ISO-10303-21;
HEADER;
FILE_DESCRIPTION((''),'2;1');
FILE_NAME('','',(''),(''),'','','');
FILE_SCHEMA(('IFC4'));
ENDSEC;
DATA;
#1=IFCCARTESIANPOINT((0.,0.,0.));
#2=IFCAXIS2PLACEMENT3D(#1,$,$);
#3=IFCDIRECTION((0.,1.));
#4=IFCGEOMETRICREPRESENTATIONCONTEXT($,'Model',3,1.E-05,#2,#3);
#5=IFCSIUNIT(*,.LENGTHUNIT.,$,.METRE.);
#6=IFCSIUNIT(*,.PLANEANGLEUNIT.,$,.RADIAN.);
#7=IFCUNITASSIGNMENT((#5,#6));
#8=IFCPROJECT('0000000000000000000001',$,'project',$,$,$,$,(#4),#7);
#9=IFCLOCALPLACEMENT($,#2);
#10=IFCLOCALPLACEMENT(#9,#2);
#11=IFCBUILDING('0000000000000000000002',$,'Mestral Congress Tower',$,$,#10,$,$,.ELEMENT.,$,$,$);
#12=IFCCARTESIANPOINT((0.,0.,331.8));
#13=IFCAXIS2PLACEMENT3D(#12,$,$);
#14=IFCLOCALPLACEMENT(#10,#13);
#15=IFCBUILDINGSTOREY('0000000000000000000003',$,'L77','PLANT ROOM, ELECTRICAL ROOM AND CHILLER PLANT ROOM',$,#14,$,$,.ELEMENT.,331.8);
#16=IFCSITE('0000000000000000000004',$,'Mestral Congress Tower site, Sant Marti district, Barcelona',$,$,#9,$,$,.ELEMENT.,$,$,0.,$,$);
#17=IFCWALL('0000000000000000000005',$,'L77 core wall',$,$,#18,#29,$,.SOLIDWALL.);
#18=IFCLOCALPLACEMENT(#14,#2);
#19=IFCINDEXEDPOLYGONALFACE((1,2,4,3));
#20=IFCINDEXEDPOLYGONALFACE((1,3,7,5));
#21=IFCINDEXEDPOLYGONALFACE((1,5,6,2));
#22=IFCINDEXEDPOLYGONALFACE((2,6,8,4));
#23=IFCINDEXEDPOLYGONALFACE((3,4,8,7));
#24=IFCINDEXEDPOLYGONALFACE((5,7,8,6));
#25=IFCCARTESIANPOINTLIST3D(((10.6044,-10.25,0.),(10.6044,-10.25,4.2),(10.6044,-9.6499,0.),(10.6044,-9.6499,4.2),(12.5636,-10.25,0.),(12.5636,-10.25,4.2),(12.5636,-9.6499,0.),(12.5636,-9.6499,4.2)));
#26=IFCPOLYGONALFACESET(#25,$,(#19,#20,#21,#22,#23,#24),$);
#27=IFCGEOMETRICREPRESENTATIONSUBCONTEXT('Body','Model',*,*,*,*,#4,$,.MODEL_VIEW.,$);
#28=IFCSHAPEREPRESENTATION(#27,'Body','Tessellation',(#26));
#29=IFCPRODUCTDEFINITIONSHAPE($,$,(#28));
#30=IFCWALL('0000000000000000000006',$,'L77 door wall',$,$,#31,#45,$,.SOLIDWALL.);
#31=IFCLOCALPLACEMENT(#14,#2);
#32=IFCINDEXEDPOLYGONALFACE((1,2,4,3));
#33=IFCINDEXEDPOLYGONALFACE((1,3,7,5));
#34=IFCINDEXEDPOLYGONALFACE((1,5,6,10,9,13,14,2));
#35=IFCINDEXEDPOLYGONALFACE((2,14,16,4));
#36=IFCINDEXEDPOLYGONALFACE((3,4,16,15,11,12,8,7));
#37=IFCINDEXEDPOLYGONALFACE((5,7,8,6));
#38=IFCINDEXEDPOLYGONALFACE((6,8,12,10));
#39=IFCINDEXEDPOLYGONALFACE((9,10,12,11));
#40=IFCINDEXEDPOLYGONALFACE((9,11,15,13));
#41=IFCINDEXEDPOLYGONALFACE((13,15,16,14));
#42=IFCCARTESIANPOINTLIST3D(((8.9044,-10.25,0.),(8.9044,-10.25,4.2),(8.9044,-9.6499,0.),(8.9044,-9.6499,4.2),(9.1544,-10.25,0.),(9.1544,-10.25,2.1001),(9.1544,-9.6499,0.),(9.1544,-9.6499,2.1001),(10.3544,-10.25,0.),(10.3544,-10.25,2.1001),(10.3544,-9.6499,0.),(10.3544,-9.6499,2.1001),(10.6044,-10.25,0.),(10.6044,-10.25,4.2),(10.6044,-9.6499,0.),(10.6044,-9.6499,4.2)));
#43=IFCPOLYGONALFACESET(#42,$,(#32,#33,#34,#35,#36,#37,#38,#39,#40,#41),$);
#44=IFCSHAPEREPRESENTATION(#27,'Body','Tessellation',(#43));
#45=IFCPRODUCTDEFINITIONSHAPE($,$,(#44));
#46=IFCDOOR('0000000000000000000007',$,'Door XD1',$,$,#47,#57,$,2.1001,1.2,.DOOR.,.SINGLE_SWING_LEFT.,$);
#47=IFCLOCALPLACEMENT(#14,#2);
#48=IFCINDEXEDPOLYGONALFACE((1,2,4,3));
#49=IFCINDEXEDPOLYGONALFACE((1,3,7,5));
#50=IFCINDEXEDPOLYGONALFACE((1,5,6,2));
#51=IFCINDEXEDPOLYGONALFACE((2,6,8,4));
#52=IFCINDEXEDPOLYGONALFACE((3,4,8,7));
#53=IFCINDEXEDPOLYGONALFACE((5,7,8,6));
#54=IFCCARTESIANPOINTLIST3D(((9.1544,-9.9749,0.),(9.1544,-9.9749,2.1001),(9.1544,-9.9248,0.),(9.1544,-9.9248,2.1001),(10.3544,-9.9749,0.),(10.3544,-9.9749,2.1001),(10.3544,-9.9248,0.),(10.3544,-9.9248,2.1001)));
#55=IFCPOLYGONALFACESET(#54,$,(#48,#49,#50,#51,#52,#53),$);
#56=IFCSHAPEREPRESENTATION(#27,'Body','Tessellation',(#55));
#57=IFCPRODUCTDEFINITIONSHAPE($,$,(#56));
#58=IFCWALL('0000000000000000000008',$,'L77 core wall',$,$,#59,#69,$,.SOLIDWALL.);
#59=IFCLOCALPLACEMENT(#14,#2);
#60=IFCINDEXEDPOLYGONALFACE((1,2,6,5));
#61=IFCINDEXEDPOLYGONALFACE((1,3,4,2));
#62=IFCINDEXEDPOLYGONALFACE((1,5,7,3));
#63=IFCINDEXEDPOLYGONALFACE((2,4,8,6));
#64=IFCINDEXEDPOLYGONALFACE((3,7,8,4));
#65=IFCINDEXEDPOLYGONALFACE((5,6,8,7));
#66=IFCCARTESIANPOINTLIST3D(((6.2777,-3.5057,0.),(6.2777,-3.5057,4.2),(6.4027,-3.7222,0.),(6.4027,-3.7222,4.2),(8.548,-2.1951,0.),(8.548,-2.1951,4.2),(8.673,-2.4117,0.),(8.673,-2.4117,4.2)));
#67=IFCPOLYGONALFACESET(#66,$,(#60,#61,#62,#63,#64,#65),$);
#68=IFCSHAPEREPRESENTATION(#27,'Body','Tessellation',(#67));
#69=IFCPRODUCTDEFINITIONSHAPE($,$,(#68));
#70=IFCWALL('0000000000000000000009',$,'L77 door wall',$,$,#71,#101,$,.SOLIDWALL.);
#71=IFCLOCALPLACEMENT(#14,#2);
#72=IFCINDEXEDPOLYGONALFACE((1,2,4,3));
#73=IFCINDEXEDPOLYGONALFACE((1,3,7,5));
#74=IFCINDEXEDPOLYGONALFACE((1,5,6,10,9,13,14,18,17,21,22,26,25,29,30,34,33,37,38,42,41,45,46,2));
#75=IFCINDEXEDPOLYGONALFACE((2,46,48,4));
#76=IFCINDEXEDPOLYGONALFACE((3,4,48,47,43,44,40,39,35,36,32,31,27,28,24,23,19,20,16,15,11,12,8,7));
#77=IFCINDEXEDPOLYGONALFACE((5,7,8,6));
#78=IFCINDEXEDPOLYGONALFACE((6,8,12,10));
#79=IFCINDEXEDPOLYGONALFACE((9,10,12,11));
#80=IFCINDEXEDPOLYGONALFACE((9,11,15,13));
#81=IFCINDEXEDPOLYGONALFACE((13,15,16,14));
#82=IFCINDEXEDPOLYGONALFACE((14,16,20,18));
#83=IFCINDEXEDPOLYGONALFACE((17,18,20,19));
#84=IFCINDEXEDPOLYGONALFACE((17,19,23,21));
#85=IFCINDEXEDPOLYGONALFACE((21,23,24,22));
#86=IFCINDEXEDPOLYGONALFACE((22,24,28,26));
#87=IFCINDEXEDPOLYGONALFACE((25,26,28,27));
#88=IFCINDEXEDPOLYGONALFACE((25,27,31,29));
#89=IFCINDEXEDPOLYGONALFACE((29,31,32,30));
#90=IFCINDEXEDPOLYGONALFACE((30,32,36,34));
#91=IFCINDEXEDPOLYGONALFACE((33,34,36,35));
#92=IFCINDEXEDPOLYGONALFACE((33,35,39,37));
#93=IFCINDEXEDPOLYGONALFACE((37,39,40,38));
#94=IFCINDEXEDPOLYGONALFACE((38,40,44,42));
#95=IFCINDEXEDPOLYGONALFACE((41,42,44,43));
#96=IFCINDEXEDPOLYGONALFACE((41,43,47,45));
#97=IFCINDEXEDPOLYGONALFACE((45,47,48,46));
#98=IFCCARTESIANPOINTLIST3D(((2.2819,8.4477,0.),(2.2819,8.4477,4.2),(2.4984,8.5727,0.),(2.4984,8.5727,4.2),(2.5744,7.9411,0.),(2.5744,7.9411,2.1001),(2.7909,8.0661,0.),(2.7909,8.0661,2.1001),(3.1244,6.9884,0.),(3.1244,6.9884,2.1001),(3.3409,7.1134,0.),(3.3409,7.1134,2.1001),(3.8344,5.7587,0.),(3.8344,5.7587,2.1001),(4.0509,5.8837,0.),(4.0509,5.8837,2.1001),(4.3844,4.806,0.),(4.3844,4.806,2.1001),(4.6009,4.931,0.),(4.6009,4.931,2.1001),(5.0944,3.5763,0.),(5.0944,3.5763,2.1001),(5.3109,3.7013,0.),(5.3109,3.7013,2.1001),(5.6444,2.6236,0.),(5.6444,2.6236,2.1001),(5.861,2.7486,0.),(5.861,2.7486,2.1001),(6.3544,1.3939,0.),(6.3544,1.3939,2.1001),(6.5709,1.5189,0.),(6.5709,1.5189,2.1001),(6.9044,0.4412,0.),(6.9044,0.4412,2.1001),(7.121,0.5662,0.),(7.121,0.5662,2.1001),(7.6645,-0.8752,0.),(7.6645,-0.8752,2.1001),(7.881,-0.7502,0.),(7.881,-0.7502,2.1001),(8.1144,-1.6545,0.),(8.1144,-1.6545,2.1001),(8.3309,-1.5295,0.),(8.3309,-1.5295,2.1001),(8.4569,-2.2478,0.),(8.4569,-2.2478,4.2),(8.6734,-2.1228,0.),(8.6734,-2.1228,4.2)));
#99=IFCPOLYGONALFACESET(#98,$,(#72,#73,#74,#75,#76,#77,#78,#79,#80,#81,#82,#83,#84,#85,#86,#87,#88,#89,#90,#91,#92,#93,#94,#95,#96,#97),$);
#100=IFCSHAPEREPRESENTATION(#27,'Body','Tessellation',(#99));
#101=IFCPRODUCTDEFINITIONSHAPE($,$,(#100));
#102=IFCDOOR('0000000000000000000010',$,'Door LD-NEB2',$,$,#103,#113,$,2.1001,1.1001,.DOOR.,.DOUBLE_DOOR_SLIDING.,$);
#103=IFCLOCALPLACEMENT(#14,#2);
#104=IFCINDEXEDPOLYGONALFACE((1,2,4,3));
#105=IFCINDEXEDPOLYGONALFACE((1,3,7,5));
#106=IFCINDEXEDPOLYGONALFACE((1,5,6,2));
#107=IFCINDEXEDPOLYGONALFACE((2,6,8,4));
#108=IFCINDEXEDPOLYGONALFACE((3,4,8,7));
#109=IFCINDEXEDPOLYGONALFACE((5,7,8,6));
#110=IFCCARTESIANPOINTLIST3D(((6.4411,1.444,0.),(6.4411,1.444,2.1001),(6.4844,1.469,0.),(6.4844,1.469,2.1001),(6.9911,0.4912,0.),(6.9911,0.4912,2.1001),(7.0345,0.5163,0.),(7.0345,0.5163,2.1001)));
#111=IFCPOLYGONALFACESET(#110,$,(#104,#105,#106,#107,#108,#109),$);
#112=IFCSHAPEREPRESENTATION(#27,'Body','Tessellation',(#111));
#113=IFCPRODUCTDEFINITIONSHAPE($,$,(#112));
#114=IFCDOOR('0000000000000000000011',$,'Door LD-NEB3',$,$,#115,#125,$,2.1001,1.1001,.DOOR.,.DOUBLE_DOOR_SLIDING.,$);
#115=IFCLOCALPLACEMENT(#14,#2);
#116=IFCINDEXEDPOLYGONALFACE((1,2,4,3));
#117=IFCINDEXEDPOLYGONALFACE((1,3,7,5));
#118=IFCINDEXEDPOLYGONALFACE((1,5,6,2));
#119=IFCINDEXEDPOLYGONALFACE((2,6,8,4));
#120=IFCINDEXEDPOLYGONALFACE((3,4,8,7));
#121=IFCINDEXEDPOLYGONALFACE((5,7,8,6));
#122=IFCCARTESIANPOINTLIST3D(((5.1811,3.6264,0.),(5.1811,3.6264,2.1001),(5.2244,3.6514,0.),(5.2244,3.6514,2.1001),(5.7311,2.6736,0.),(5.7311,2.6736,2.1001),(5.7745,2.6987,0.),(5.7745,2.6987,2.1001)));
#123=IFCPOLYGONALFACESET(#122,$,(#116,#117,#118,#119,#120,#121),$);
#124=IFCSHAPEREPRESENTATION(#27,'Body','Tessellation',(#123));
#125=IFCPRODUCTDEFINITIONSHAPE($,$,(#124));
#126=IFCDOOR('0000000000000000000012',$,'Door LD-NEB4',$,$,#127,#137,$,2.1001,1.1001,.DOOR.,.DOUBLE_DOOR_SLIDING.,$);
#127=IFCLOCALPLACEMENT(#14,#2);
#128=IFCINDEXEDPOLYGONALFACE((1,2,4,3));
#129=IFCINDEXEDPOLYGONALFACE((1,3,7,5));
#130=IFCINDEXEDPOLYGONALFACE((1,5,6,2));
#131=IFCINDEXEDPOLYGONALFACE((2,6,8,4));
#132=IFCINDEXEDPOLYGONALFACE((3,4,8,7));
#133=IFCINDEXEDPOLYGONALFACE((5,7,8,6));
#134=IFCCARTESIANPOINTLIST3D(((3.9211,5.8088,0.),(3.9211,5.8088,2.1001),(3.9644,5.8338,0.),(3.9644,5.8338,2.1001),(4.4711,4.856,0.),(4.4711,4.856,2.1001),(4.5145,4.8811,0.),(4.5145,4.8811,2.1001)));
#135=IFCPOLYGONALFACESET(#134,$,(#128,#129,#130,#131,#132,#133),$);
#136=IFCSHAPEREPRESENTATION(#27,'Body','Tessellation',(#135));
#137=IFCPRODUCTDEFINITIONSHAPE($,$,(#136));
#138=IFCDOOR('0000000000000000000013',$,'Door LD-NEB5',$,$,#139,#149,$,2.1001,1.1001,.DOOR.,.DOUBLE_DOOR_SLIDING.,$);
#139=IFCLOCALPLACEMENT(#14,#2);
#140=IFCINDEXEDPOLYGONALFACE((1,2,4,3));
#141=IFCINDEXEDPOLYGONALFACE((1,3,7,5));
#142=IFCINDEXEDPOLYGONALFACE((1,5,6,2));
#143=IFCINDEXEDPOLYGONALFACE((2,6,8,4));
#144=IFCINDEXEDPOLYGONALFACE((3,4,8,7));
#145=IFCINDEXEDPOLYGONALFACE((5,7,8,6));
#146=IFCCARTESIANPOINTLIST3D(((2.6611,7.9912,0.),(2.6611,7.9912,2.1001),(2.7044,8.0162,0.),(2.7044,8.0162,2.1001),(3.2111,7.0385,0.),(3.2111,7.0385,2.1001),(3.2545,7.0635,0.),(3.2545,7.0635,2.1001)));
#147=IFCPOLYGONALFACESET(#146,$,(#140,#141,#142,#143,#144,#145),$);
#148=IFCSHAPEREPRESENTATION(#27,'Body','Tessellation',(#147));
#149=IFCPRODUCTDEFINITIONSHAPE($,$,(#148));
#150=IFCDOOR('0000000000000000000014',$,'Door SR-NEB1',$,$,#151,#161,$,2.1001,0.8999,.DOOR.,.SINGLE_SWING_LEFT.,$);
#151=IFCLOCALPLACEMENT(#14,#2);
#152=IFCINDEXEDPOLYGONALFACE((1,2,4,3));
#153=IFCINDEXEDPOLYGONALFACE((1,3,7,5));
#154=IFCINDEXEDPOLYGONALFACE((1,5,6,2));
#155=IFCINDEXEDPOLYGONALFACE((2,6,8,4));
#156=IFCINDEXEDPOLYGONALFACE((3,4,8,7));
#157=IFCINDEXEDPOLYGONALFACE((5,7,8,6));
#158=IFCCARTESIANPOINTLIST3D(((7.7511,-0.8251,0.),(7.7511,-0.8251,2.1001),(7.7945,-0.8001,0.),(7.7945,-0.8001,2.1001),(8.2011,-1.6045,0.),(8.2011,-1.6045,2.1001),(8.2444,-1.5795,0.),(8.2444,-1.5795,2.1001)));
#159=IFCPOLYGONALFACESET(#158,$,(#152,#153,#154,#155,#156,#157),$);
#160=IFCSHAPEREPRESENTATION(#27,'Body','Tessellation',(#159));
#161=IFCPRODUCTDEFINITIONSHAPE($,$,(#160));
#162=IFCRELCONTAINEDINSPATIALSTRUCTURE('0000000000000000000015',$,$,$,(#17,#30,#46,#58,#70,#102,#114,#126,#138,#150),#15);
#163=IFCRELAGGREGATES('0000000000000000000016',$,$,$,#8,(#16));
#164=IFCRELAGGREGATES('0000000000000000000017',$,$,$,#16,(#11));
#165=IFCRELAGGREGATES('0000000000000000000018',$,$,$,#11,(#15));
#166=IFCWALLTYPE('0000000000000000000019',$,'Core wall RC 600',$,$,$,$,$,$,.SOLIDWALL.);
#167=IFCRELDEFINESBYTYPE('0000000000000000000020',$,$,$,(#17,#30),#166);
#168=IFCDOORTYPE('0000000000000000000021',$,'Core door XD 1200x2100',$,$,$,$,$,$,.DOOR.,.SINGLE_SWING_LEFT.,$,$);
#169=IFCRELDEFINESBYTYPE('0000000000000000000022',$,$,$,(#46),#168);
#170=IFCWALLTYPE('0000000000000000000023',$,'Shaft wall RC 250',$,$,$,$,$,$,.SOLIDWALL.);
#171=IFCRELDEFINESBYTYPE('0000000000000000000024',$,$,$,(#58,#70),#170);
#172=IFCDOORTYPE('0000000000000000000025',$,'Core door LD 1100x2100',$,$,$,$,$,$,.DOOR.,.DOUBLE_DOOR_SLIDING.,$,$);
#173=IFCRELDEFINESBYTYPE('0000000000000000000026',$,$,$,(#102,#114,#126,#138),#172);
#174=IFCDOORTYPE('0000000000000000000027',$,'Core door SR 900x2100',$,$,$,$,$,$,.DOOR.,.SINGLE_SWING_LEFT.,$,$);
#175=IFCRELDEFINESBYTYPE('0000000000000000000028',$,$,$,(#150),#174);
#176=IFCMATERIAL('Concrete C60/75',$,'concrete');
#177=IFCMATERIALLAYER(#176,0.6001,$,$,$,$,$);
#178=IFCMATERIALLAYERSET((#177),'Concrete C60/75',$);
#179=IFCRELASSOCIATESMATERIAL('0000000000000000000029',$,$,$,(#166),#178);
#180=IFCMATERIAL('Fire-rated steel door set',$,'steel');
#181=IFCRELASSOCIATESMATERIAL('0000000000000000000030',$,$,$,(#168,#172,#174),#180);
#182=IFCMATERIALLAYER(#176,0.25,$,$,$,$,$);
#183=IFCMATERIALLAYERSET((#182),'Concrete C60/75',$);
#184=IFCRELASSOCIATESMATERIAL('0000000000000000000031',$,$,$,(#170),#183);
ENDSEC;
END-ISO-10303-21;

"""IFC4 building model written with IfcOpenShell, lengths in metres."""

from ifc_helpers import new_model, si_unit, direction, frame, frame_2d, origin, place, context, subcontext, project, spatial, rectangle, extrude, material, layer, layer_set, type_object, element, fill, save


model = new_model("IFC4")

# Units and contexts
model_context = context("Model", 3, precision=1e-05, world=origin(), true_north=direction((0.0, 1.0)))
body_context = subcontext(model_context, "Body", "Model", "MODEL_VIEW")
ifc_project = project(units=[si_unit("LENGTHUNIT", "METRE"), si_unit("PLANEANGLEUNIT", "RADIAN")], contexts=[model_context])

# Site, building, storey
site_placement = place(None, origin())
site = spatial("IfcSite", under=ifc_project, at=site_placement, Name="Mestral Congress Tower site, Sant Marti district, Barcelona", CompositionType="ELEMENT", RefElevation=0.0)
building_placement = place(site_placement, origin())
building = spatial("IfcBuilding", under=site, at=building_placement, Name="Mestral Congress Tower", CompositionType="ELEMENT")
storey_placement = place(building_placement, frame((0.0, 0.0, 331.8)))
storey = spatial("IfcBuildingStorey", under=building, at=storey_placement, Name="L77", Description="PLANT ROOM, ELECTRICAL ROOM AND CHILLER PLANT ROOM", CompositionType="ELEMENT", Elevation=331.8)

# Wall
ifc_material_1 = material(Name="Concrete C60/75", Category="concrete")
ifc_layer_1 = layer(ifc_material_1, 0.6001)
ifc_layer_set_1 = layer_set([ifc_layer_1], Name="Concrete C60/75")
wall_type_1 = type_object("IfcWallType", Name="Core wall RC 600", PredefinedType="SOLIDWALL", material=ifc_layer_set_1)
wall_1_placement = place(storey_placement, frame((10.6045, -9.95, 0.0), z_axis=(0.0, 0.0, 1.0), x_axis=(1.0, 0.0, 0.0)))
element("IfcWall", 1, at=wall_1_placement, inside=storey, type_object=wall_type_1, Name="L77 core wall", PredefinedType="SOLIDWALL", context=body_context, shape_type="SweptSolid", body=[
    extrude(rectangle(XDim=1.9592, YDim=0.6001, at=frame_2d((0.9795, 0.0))), origin(), (0.0, 0.0, 1.0), 4.2),
])

# Wall, opening, door
wall_2_placement = place(storey_placement, frame((10.6045, -9.95, 0.0), z_axis=(0.0, 0.0, 1.0), x_axis=(-1.0, 0.0, 0.0)))
wall_2 = element("IfcWall", 2, at=wall_2_placement, inside=storey, type_object=wall_type_1, Name="L77 door wall", PredefinedType="SOLIDWALL", context=body_context, shape_type="SweptSolid", body=[
    extrude(rectangle(XDim=1.7, YDim=0.6001, at=frame_2d((0.8501, 0.0))), origin(), (0.0, 0.0, 1.0), 4.2),
])
opening_1_placement = place(wall_2_placement, frame((0.25, 0.0, 0.0)))
opening_1 = element("IfcOpeningElement", 3, at=opening_1_placement, cuts=wall_2, PredefinedType="OPENING", context=body_context, shape_type="SweptSolid", body=[
    extrude(rectangle(XDim=1.2, YDim=2.1001, at=frame_2d((0.6001, 1.05))), frame((0.0, 0.3101, 0.0), z_axis=(0.0, -1.0, 0.0), x_axis=(1.0, 0.0, 0.0)), (0.0, 0.0, 1.0), 0.6201),
])
ifc_material_2 = material(Name="Fire-rated steel door set", Category="steel")
door_type_1 = type_object("IfcDoorType", Name="Core door XD 1200x2100", OperationType="SINGLE_SWING_LEFT", PredefinedType="DOOR", material=ifc_material_2)
door_1_placement = place(opening_1_placement, origin())
door_1 = element("IfcDoor", 4, at=door_1_placement, inside=storey, type_object=door_type_1, Name="Door XD1", OperationType="SINGLE_SWING_LEFT", OverallHeight=2.1001, OverallWidth=1.2, PredefinedType="DOOR", context=body_context, shape_type="SweptSolid", body=[
    extrude(rectangle(XDim=1.2, YDim=2.1001, at=frame_2d((0.6001, 1.05))), frame((0.0, 0.0249, 0.0), z_axis=(0.0, -1.0, 0.0), x_axis=(1.0, 0.0, 0.0)), (0.0, 0.0, 1.0), 0.05),
])
fill(opening_1, door_1)

# Wall
ifc_layer_2 = layer(ifc_material_1, 0.25)
ifc_layer_set_2 = layer_set([ifc_layer_2], Name="Concrete C60/75")
wall_type_2 = type_object("IfcWallType", Name="Shaft wall RC 250", PredefinedType="SOLIDWALL", material=ifc_layer_set_2)
wall_3_placement = place(storey_placement, frame((8.6104, -2.3035, 0.0), z_axis=(0.0, 0.0, 1.0), x_axis=(-0.866057, -0.499946, 0.0)))
element("IfcWall", 5, at=wall_3_placement, inside=storey, type_object=wall_type_2, Name="L77 core wall", PredefinedType="SOLIDWALL", context=body_context, shape_type="SweptSolid", body=[
    extrude(rectangle(XDim=2.6213, YDim=0.25, at=frame_2d((1.3105, 0.0))), origin(), (0.0, 0.0, 1.0), 4.2),
])

# Wall, openings, doors
wall_4_placement = place(storey_placement, frame((8.5652, -2.1853, 0.0), z_axis=(0.0, 0.0, 1.0), x_axis=(-0.499998, 0.866027, 0.0)))
wall_4 = element("IfcWall", 6, at=wall_4_placement, inside=storey, type_object=wall_type_2, Name="L77 door wall", PredefinedType="SOLIDWALL", context=body_context, shape_type="SweptSolid", body=[
    extrude(rectangle(XDim=12.3501, YDim=0.25, at=frame_2d((6.175, 0.0))), origin(), (0.0, 0.0, 1.0), 4.2),
])
opening_2_placement = place(wall_4_placement, frame((0.6851, 0.0, 0.0)))
opening_2 = element("IfcOpeningElement", 7, at=opening_2_placement, cuts=wall_4, PredefinedType="OPENING", context=body_context, shape_type="SweptSolid", body=[
    extrude(rectangle(XDim=0.8999, YDim=2.1001, at=frame_2d((0.45, 1.05))), frame((0.0, 0.135, 0.0), z_axis=(0.0, -1.0, 0.0), x_axis=(1.0, 0.0, 0.0)), (0.0, 0.0, 1.0), 0.27),
])
opening_3_placement = place(wall_4_placement, frame((3.105, 0.0, 0.0)))
opening_3 = element("IfcOpeningElement", 8, at=opening_3_placement, cuts=wall_4, PredefinedType="OPENING", context=body_context, shape_type="SweptSolid", body=[
    extrude(rectangle(XDim=1.1001, YDim=2.1001, at=frame_2d((0.55, 1.05))), frame((0.0, 0.135, 0.0), z_axis=(0.0, -1.0, 0.0), x_axis=(1.0, 0.0, 0.0)), (0.0, 0.0, 1.0), 0.27),
])
opening_4_placement = place(wall_4_placement, frame((5.625, 0.0, 0.0)))
opening_4 = element("IfcOpeningElement", 9, at=opening_4_placement, cuts=wall_4, PredefinedType="OPENING", context=body_context, shape_type="SweptSolid", body=[
    extrude(rectangle(XDim=1.1001, YDim=2.1001, at=frame_2d((0.55, 1.05))), frame((0.0, 0.135, 0.0), z_axis=(0.0, -1.0, 0.0), x_axis=(1.0, 0.0, 0.0)), (0.0, 0.0, 1.0), 0.27),
])
opening_5_placement = place(wall_4_placement, frame((8.145, 0.0, 0.0)))
opening_5 = element("IfcOpeningElement", 10, at=opening_5_placement, cuts=wall_4, PredefinedType="OPENING", context=body_context, shape_type="SweptSolid", body=[
    extrude(rectangle(XDim=1.1001, YDim=2.1001, at=frame_2d((0.55, 1.05))), frame((0.0, 0.135, 0.0), z_axis=(0.0, -1.0, 0.0), x_axis=(1.0, 0.0, 0.0)), (0.0, 0.0, 1.0), 0.27),
])
opening_6_placement = place(wall_4_placement, frame((10.665, 0.0, 0.0)))
opening_6 = element("IfcOpeningElement", 11, at=opening_6_placement, cuts=wall_4, PredefinedType="OPENING", context=body_context, shape_type="SweptSolid", body=[
    extrude(rectangle(XDim=1.1001, YDim=2.1001, at=frame_2d((0.55, 1.05))), frame((0.0, 0.135, 0.0), z_axis=(0.0, -1.0, 0.0), x_axis=(1.0, 0.0, 0.0)), (0.0, 0.0, 1.0), 0.27),
])
door_type_2 = type_object("IfcDoorType", Name="Core door LD 1100x2100", OperationType="DOUBLE_DOOR_SLIDING", PredefinedType="DOOR", material=ifc_material_2)
door_2_placement = place(opening_3_placement, origin())
door_2 = element("IfcDoor", 12, at=door_2_placement, inside=storey, type_object=door_type_2, Name="Door LD-NEB2", OperationType="DOUBLE_DOOR_SLIDING", OverallHeight=2.1001, OverallWidth=1.1001, PredefinedType="DOOR", context=body_context, shape_type="SweptSolid", body=[
    extrude(rectangle(XDim=1.1001, YDim=2.1001, at=frame_2d((0.55, 1.05))), frame((0.0, 0.0249, 0.0), z_axis=(0.0, -1.0, 0.0), x_axis=(1.0, 0.0, 0.0)), (0.0, 0.0, 1.0), 0.05),
])
fill(opening_3, door_2)
door_3_placement = place(opening_4_placement, origin())
door_3 = element("IfcDoor", 13, at=door_3_placement, inside=storey, type_object=door_type_2, Name="Door LD-NEB3", OperationType="DOUBLE_DOOR_SLIDING", OverallHeight=2.1001, OverallWidth=1.1001, PredefinedType="DOOR", context=body_context, shape_type="SweptSolid", body=[
    extrude(rectangle(XDim=1.1001, YDim=2.1001, at=frame_2d((0.55, 1.05))), frame((0.0, 0.0249, 0.0), z_axis=(0.0, -1.0, 0.0), x_axis=(1.0, 0.0, 0.0)), (0.0, 0.0, 1.0), 0.05),
])
fill(opening_4, door_3)
door_4_placement = place(opening_5_placement, origin())
door_4 = element("IfcDoor", 14, at=door_4_placement, inside=storey, type_object=door_type_2, Name="Door LD-NEB4", OperationType="DOUBLE_DOOR_SLIDING", OverallHeight=2.1001, OverallWidth=1.1001, PredefinedType="DOOR", context=body_context, shape_type="SweptSolid", body=[
    extrude(rectangle(XDim=1.1001, YDim=2.1001, at=frame_2d((0.55, 1.05))), frame((0.0, 0.0249, 0.0), z_axis=(0.0, -1.0, 0.0), x_axis=(1.0, 0.0, 0.0)), (0.0, 0.0, 1.0), 0.05),
])
fill(opening_5, door_4)
door_5_placement = place(opening_6_placement, origin())
door_5 = element("IfcDoor", 15, at=door_5_placement, inside=storey, type_object=door_type_2, Name="Door LD-NEB5", OperationType="DOUBLE_DOOR_SLIDING", OverallHeight=2.1001, OverallWidth=1.1001, PredefinedType="DOOR", context=body_context, shape_type="SweptSolid", body=[
    extrude(rectangle(XDim=1.1001, YDim=2.1001, at=frame_2d((0.55, 1.05))), frame((0.0, 0.0249, 0.0), z_axis=(0.0, -1.0, 0.0), x_axis=(1.0, 0.0, 0.0)), (0.0, 0.0, 1.0), 0.05),
])
fill(opening_6, door_5)
door_type_3 = type_object("IfcDoorType", Name="Core door SR 900x2100", OperationType="SINGLE_SWING_LEFT", PredefinedType="DOOR", material=ifc_material_2)
door_6_placement = place(opening_2_placement, origin())
door_6 = element("IfcDoor", 16, at=door_6_placement, inside=storey, type_object=door_type_3, Name="Door SR-NEB1", OperationType="SINGLE_SWING_LEFT", OverallHeight=2.1001, OverallWidth=0.8999, PredefinedType="DOOR", context=body_context, shape_type="SweptSolid", body=[
    extrude(rectangle(XDim=0.8999, YDim=2.1001, at=frame_2d((0.45, 1.05))), frame((0.0, 0.0249, 0.0), z_axis=(0.0, -1.0, 0.0), x_axis=(1.0, 0.0, 0.0)), (0.0, 0.0, 1.0), 0.05),
])
fill(opening_2, door_6)

save(model, "model.ifc")
